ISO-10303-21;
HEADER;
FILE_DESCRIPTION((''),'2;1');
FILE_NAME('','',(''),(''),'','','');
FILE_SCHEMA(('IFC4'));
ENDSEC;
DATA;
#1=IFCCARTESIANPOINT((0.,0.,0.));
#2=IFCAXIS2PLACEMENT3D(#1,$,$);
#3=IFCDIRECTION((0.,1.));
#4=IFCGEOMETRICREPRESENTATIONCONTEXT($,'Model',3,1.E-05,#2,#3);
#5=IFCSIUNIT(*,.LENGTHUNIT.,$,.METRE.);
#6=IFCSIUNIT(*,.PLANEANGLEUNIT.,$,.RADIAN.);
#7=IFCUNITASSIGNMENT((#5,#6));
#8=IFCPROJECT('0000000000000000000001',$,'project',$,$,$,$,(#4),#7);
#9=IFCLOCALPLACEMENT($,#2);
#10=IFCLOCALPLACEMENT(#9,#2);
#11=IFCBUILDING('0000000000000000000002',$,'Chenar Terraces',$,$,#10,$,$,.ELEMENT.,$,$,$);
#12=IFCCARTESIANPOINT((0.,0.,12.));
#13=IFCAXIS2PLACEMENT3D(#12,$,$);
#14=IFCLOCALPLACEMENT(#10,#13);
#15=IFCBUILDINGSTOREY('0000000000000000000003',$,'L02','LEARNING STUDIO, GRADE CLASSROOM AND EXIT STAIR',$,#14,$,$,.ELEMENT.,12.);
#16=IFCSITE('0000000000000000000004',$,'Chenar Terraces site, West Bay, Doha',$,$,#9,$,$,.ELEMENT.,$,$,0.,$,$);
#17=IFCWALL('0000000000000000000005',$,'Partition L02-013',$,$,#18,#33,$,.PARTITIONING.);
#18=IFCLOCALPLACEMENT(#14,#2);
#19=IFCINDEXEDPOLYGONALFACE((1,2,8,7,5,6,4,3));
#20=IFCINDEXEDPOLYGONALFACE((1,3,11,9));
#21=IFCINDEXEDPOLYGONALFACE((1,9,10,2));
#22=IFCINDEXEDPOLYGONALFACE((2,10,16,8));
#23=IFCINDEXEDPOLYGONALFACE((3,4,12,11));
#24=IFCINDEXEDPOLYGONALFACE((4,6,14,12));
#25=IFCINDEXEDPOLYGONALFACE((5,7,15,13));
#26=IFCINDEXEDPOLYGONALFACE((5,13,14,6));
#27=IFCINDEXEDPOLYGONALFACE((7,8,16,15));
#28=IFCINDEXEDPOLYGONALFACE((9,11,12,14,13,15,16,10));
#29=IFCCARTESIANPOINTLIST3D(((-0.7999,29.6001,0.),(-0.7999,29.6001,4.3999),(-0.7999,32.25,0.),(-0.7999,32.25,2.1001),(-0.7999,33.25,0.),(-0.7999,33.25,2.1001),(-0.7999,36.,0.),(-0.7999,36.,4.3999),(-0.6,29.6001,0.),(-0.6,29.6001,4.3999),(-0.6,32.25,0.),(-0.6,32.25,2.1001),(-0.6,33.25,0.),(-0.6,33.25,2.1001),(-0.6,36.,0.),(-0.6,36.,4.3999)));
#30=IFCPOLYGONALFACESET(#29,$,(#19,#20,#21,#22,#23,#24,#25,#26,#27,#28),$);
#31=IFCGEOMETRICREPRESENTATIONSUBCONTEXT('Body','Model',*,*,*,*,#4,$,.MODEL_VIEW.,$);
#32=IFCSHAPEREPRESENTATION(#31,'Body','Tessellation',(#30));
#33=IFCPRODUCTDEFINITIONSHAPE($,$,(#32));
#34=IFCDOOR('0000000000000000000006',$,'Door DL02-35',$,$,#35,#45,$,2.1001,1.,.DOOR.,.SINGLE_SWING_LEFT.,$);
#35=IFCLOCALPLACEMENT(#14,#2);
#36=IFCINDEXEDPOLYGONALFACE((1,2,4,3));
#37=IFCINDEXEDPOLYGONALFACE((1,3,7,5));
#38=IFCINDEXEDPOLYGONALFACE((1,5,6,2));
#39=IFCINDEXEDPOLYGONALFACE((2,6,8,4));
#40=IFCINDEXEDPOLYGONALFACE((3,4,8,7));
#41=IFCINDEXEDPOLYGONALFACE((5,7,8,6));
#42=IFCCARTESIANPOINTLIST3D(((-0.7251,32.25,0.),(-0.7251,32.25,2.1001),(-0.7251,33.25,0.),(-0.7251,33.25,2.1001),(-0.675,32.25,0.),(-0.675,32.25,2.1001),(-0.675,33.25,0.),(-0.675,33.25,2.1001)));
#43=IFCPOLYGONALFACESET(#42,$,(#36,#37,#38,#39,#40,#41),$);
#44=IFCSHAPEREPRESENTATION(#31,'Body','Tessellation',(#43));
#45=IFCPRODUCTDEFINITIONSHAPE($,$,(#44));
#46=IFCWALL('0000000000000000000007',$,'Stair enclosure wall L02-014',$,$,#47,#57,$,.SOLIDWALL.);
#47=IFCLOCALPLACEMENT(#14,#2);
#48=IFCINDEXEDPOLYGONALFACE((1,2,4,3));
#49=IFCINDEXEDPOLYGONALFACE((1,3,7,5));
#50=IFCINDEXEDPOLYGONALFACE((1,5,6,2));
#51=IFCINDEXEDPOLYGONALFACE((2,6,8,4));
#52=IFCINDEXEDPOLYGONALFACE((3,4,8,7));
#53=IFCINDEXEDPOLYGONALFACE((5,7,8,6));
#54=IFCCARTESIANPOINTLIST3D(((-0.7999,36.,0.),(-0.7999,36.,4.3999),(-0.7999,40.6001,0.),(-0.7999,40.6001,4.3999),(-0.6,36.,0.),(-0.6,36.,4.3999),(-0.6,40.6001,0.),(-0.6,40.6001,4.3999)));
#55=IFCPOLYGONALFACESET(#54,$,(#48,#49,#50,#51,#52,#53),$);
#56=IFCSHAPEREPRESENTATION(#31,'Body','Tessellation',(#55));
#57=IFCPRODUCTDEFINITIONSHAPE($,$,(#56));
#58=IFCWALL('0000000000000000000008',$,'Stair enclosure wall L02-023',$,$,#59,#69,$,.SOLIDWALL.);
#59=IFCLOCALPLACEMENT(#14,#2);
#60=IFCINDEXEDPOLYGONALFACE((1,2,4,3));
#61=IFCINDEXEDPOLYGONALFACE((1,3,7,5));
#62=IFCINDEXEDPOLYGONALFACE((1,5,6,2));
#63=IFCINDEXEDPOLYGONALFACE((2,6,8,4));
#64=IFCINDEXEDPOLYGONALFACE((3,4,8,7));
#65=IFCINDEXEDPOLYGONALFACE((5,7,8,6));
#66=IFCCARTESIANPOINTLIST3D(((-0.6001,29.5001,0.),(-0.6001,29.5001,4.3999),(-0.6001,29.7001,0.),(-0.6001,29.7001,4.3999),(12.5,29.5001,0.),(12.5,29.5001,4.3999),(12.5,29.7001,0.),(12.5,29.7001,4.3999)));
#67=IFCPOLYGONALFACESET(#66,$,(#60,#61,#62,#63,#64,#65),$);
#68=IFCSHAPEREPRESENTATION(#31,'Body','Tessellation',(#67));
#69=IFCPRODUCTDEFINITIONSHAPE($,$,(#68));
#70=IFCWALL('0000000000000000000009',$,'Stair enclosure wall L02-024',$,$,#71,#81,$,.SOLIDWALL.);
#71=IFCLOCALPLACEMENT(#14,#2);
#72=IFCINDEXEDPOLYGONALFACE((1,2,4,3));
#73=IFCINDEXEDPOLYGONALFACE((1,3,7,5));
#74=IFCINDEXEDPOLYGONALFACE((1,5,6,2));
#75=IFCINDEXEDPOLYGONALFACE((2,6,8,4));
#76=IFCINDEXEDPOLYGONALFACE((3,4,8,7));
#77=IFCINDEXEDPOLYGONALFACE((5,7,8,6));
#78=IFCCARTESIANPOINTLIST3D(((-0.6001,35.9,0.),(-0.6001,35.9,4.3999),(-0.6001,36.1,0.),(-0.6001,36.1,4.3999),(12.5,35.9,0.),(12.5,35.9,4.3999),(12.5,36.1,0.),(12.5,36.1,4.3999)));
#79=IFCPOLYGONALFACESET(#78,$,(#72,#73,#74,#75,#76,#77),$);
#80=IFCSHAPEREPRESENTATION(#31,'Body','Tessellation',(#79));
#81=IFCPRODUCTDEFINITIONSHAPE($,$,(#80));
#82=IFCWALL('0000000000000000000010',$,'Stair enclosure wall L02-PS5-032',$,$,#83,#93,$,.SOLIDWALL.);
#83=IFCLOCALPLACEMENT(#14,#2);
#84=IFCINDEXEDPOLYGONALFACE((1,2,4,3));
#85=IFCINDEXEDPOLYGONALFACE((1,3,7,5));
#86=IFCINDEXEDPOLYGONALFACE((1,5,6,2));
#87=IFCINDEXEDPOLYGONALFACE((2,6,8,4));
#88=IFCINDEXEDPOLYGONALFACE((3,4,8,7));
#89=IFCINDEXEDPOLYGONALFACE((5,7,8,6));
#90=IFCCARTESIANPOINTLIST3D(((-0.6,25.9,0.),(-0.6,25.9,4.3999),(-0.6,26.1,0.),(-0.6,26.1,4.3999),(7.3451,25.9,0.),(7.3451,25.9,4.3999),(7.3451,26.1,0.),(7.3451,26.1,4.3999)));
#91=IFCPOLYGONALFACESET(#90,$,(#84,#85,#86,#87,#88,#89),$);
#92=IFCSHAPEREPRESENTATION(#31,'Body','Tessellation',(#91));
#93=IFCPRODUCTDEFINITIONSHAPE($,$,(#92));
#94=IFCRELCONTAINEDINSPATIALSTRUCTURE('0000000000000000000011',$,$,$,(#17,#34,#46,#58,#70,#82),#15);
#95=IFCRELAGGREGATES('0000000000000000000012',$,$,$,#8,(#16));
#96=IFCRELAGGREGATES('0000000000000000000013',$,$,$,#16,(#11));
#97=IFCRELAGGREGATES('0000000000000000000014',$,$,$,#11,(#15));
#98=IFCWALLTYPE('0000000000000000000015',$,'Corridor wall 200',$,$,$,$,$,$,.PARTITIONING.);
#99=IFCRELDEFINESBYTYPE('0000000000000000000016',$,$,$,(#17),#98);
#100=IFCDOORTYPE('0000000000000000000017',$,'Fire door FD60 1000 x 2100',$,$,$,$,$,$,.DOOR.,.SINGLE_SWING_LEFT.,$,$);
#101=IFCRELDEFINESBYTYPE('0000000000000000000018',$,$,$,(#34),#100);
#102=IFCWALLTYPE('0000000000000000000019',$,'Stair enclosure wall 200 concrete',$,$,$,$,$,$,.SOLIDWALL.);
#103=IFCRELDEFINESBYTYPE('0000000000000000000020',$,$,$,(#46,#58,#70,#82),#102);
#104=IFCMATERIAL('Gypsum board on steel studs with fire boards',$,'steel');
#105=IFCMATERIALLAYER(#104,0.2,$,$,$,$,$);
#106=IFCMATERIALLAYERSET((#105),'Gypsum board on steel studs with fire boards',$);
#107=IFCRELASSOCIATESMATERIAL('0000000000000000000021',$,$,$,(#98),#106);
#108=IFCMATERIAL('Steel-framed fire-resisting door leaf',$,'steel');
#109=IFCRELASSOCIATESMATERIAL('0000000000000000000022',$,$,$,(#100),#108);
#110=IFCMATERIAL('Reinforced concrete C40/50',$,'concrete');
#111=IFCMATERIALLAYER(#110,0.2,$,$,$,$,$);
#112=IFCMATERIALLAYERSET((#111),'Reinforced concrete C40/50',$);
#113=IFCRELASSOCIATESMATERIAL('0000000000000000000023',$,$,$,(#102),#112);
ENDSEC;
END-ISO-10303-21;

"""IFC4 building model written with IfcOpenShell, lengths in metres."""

from ifc_helpers import new_model, si_unit, direction, frame, frame_2d, origin, place, context, subcontext, project, spatial, rectangle, extrude, material, layer, layer_set, type_object, element, fill, save


model = new_model("IFC4")

# Units and contexts
model_context = context("Model", 3, precision=1e-05, world=origin(), true_north=direction((0.0, 1.0)))
body_context = subcontext(model_context, "Body", "Model", "MODEL_VIEW")
ifc_project = project(units=[si_unit("LENGTHUNIT", "METRE"), si_unit("PLANEANGLEUNIT", "RADIAN")], contexts=[model_context])

# Site, building, storey
site_placement = place(None, origin())
site = spatial("IfcSite", under=ifc_project, at=site_placement, Name="Chenar Terraces site, West Bay, Doha", CompositionType="ELEMENT", RefElevation=0.0)
building_placement = place(site_placement, origin())
building = spatial("IfcBuilding", under=site, at=building_placement, Name="Chenar Terraces", CompositionType="ELEMENT")
storey_placement = place(building_placement, frame((0.0, 0.0, 12.0)))
storey = spatial("IfcBuildingStorey", under=building, at=storey_placement, Name="L02", Description="LEARNING STUDIO, GRADE CLASSROOM AND EXIT STAIR", CompositionType="ELEMENT", Elevation=12.0)

# Wall, opening, door
ifc_material_1 = material(Name="Gypsum board on steel studs with fire boards", Category="steel")
ifc_layer_1 = layer(ifc_material_1, 0.2)
ifc_layer_set_1 = layer_set([ifc_layer_1], Name="Gypsum board on steel studs with fire boards")
wall_type_1 = type_object("IfcWallType", Name="Corridor wall 200", PredefinedType="PARTITIONING", material=ifc_layer_set_1)
wall_1_placement = place(storey_placement, frame((-0.7, 29.6001, 0.0), z_axis=(0.0, 0.0, 1.0), x_axis=(0.0, 1.0, 0.0)))
wall_1 = element("IfcWall", 1, at=wall_1_placement, inside=storey, type_object=wall_type_1, Name="Partition L02-013", PredefinedType="PARTITIONING", context=body_context, shape_type="SweptSolid", body=[
    extrude(rectangle(XDim=6.3999, YDim=0.2, at=frame_2d((3.2, 0.0))), origin(), (0.0, 0.0, 1.0), 4.3999),
])
opening_placement = place(wall_1_placement, frame((2.6499, 0.0, 0.0)))
opening = element("IfcOpeningElement", 2, at=opening_placement, cuts=wall_1, PredefinedType="OPENING", context=body_context, shape_type="SweptSolid", body=[
    extrude(rectangle(XDim=1.0, YDim=2.1001, at=frame_2d((0.5, 1.05))), frame((0.0, 0.1099, 0.0), z_axis=(0.0, -1.0, 0.0), x_axis=(1.0, 0.0, 0.0)), (0.0, 0.0, 1.0), 0.22),
])
ifc_material_2 = material(Name="Steel-framed fire-resisting door leaf", Category="steel")
door_type = type_object("IfcDoorType", Name="Fire door FD60 1000 x 2100", OperationType="SINGLE_SWING_LEFT", PredefinedType="DOOR", material=ifc_material_2)
door_placement = place(opening_placement, frame((1.0, 0.0, 0.0), z_axis=(0.0, 0.0, 1.0), x_axis=(-1.0, 0.0, 0.0)))
door = element("IfcDoor", 3, at=door_placement, inside=storey, type_object=door_type, Name="Door DL02-35", OperationType="SINGLE_SWING_LEFT", OverallHeight=2.1001, OverallWidth=1.0, PredefinedType="DOOR", context=body_context, shape_type="SweptSolid", body=[
    extrude(rectangle(XDim=1.0, YDim=2.1001, at=frame_2d((0.5, 1.05))), frame((0.0, 0.0249, 0.0), z_axis=(0.0, -1.0, 0.0), x_axis=(1.0, 0.0, 0.0)), (0.0, 0.0, 1.0), 0.05),
])
fill(opening, door)

# Walls
ifc_material_3 = material(Name="Reinforced concrete C40/50", Category="concrete")
ifc_layer_2 = layer(ifc_material_3, 0.2)
ifc_layer_set_2 = layer_set([ifc_layer_2], Name="Reinforced concrete C40/50")
wall_type_2 = type_object("IfcWallType", Name="Stair enclosure wall 200 concrete", PredefinedType="SOLIDWALL", material=ifc_layer_set_2)
wall_2_placement = place(storey_placement, frame((-0.7, 36.0, 0.0), z_axis=(0.0, 0.0, 1.0), x_axis=(0.0, 1.0, 0.0)))
element("IfcWall", 4, at=wall_2_placement, inside=storey, type_object=wall_type_2, Name="Stair enclosure wall L02-014", PredefinedType="SOLIDWALL", context=body_context, shape_type="SweptSolid", body=[
    extrude(rectangle(XDim=4.6001, YDim=0.2, at=frame_2d((2.3, 0.0))), origin(), (0.0, 0.0, 1.0), 4.3999),
])
for number, where, z_axis, x_axis, name in (
    (5, (-0.6001, 29.6001, 0.0), (0.0, 0.0, 1.0), (1.0, 0.0, 0.0), "Stair enclosure wall L02-023"),
    (6, (-0.6001, 36.0, 0.0), (0.0, 0.0, 1.0), (1.0, 0.0, 0.0), "Stair enclosure wall L02-024"),
):
    element("IfcWall", number, at=place(storey_placement, frame(where, z_axis=z_axis, x_axis=x_axis)), inside=storey, type_object=wall_type_2, Name=name, PredefinedType="SOLIDWALL", context=body_context, shape_type="SweptSolid", body=[
        extrude(rectangle(XDim=13.1001, YDim=0.2, at=frame_2d((6.55, 0.0))), origin(), (0.0, 0.0, 1.0), 4.3999),
    ])
wall_3_placement = place(storey_placement, frame((-0.6001, 26.0, 0.0), z_axis=(0.0, 0.0, 1.0), x_axis=(1.0, 0.0, 0.0)))
element("IfcWall", 7, at=wall_3_placement, inside=storey, type_object=wall_type_2, Name="Stair enclosure wall L02-PS5-032", PredefinedType="SOLIDWALL", context=body_context, shape_type="SweptSolid", body=[
    extrude(rectangle(XDim=7.9451, YDim=0.2, at=frame_2d((3.9727, 0.0))), origin(), (0.0, 0.0, 1.0), 4.3999),
])

save(model, "model.ifc")
